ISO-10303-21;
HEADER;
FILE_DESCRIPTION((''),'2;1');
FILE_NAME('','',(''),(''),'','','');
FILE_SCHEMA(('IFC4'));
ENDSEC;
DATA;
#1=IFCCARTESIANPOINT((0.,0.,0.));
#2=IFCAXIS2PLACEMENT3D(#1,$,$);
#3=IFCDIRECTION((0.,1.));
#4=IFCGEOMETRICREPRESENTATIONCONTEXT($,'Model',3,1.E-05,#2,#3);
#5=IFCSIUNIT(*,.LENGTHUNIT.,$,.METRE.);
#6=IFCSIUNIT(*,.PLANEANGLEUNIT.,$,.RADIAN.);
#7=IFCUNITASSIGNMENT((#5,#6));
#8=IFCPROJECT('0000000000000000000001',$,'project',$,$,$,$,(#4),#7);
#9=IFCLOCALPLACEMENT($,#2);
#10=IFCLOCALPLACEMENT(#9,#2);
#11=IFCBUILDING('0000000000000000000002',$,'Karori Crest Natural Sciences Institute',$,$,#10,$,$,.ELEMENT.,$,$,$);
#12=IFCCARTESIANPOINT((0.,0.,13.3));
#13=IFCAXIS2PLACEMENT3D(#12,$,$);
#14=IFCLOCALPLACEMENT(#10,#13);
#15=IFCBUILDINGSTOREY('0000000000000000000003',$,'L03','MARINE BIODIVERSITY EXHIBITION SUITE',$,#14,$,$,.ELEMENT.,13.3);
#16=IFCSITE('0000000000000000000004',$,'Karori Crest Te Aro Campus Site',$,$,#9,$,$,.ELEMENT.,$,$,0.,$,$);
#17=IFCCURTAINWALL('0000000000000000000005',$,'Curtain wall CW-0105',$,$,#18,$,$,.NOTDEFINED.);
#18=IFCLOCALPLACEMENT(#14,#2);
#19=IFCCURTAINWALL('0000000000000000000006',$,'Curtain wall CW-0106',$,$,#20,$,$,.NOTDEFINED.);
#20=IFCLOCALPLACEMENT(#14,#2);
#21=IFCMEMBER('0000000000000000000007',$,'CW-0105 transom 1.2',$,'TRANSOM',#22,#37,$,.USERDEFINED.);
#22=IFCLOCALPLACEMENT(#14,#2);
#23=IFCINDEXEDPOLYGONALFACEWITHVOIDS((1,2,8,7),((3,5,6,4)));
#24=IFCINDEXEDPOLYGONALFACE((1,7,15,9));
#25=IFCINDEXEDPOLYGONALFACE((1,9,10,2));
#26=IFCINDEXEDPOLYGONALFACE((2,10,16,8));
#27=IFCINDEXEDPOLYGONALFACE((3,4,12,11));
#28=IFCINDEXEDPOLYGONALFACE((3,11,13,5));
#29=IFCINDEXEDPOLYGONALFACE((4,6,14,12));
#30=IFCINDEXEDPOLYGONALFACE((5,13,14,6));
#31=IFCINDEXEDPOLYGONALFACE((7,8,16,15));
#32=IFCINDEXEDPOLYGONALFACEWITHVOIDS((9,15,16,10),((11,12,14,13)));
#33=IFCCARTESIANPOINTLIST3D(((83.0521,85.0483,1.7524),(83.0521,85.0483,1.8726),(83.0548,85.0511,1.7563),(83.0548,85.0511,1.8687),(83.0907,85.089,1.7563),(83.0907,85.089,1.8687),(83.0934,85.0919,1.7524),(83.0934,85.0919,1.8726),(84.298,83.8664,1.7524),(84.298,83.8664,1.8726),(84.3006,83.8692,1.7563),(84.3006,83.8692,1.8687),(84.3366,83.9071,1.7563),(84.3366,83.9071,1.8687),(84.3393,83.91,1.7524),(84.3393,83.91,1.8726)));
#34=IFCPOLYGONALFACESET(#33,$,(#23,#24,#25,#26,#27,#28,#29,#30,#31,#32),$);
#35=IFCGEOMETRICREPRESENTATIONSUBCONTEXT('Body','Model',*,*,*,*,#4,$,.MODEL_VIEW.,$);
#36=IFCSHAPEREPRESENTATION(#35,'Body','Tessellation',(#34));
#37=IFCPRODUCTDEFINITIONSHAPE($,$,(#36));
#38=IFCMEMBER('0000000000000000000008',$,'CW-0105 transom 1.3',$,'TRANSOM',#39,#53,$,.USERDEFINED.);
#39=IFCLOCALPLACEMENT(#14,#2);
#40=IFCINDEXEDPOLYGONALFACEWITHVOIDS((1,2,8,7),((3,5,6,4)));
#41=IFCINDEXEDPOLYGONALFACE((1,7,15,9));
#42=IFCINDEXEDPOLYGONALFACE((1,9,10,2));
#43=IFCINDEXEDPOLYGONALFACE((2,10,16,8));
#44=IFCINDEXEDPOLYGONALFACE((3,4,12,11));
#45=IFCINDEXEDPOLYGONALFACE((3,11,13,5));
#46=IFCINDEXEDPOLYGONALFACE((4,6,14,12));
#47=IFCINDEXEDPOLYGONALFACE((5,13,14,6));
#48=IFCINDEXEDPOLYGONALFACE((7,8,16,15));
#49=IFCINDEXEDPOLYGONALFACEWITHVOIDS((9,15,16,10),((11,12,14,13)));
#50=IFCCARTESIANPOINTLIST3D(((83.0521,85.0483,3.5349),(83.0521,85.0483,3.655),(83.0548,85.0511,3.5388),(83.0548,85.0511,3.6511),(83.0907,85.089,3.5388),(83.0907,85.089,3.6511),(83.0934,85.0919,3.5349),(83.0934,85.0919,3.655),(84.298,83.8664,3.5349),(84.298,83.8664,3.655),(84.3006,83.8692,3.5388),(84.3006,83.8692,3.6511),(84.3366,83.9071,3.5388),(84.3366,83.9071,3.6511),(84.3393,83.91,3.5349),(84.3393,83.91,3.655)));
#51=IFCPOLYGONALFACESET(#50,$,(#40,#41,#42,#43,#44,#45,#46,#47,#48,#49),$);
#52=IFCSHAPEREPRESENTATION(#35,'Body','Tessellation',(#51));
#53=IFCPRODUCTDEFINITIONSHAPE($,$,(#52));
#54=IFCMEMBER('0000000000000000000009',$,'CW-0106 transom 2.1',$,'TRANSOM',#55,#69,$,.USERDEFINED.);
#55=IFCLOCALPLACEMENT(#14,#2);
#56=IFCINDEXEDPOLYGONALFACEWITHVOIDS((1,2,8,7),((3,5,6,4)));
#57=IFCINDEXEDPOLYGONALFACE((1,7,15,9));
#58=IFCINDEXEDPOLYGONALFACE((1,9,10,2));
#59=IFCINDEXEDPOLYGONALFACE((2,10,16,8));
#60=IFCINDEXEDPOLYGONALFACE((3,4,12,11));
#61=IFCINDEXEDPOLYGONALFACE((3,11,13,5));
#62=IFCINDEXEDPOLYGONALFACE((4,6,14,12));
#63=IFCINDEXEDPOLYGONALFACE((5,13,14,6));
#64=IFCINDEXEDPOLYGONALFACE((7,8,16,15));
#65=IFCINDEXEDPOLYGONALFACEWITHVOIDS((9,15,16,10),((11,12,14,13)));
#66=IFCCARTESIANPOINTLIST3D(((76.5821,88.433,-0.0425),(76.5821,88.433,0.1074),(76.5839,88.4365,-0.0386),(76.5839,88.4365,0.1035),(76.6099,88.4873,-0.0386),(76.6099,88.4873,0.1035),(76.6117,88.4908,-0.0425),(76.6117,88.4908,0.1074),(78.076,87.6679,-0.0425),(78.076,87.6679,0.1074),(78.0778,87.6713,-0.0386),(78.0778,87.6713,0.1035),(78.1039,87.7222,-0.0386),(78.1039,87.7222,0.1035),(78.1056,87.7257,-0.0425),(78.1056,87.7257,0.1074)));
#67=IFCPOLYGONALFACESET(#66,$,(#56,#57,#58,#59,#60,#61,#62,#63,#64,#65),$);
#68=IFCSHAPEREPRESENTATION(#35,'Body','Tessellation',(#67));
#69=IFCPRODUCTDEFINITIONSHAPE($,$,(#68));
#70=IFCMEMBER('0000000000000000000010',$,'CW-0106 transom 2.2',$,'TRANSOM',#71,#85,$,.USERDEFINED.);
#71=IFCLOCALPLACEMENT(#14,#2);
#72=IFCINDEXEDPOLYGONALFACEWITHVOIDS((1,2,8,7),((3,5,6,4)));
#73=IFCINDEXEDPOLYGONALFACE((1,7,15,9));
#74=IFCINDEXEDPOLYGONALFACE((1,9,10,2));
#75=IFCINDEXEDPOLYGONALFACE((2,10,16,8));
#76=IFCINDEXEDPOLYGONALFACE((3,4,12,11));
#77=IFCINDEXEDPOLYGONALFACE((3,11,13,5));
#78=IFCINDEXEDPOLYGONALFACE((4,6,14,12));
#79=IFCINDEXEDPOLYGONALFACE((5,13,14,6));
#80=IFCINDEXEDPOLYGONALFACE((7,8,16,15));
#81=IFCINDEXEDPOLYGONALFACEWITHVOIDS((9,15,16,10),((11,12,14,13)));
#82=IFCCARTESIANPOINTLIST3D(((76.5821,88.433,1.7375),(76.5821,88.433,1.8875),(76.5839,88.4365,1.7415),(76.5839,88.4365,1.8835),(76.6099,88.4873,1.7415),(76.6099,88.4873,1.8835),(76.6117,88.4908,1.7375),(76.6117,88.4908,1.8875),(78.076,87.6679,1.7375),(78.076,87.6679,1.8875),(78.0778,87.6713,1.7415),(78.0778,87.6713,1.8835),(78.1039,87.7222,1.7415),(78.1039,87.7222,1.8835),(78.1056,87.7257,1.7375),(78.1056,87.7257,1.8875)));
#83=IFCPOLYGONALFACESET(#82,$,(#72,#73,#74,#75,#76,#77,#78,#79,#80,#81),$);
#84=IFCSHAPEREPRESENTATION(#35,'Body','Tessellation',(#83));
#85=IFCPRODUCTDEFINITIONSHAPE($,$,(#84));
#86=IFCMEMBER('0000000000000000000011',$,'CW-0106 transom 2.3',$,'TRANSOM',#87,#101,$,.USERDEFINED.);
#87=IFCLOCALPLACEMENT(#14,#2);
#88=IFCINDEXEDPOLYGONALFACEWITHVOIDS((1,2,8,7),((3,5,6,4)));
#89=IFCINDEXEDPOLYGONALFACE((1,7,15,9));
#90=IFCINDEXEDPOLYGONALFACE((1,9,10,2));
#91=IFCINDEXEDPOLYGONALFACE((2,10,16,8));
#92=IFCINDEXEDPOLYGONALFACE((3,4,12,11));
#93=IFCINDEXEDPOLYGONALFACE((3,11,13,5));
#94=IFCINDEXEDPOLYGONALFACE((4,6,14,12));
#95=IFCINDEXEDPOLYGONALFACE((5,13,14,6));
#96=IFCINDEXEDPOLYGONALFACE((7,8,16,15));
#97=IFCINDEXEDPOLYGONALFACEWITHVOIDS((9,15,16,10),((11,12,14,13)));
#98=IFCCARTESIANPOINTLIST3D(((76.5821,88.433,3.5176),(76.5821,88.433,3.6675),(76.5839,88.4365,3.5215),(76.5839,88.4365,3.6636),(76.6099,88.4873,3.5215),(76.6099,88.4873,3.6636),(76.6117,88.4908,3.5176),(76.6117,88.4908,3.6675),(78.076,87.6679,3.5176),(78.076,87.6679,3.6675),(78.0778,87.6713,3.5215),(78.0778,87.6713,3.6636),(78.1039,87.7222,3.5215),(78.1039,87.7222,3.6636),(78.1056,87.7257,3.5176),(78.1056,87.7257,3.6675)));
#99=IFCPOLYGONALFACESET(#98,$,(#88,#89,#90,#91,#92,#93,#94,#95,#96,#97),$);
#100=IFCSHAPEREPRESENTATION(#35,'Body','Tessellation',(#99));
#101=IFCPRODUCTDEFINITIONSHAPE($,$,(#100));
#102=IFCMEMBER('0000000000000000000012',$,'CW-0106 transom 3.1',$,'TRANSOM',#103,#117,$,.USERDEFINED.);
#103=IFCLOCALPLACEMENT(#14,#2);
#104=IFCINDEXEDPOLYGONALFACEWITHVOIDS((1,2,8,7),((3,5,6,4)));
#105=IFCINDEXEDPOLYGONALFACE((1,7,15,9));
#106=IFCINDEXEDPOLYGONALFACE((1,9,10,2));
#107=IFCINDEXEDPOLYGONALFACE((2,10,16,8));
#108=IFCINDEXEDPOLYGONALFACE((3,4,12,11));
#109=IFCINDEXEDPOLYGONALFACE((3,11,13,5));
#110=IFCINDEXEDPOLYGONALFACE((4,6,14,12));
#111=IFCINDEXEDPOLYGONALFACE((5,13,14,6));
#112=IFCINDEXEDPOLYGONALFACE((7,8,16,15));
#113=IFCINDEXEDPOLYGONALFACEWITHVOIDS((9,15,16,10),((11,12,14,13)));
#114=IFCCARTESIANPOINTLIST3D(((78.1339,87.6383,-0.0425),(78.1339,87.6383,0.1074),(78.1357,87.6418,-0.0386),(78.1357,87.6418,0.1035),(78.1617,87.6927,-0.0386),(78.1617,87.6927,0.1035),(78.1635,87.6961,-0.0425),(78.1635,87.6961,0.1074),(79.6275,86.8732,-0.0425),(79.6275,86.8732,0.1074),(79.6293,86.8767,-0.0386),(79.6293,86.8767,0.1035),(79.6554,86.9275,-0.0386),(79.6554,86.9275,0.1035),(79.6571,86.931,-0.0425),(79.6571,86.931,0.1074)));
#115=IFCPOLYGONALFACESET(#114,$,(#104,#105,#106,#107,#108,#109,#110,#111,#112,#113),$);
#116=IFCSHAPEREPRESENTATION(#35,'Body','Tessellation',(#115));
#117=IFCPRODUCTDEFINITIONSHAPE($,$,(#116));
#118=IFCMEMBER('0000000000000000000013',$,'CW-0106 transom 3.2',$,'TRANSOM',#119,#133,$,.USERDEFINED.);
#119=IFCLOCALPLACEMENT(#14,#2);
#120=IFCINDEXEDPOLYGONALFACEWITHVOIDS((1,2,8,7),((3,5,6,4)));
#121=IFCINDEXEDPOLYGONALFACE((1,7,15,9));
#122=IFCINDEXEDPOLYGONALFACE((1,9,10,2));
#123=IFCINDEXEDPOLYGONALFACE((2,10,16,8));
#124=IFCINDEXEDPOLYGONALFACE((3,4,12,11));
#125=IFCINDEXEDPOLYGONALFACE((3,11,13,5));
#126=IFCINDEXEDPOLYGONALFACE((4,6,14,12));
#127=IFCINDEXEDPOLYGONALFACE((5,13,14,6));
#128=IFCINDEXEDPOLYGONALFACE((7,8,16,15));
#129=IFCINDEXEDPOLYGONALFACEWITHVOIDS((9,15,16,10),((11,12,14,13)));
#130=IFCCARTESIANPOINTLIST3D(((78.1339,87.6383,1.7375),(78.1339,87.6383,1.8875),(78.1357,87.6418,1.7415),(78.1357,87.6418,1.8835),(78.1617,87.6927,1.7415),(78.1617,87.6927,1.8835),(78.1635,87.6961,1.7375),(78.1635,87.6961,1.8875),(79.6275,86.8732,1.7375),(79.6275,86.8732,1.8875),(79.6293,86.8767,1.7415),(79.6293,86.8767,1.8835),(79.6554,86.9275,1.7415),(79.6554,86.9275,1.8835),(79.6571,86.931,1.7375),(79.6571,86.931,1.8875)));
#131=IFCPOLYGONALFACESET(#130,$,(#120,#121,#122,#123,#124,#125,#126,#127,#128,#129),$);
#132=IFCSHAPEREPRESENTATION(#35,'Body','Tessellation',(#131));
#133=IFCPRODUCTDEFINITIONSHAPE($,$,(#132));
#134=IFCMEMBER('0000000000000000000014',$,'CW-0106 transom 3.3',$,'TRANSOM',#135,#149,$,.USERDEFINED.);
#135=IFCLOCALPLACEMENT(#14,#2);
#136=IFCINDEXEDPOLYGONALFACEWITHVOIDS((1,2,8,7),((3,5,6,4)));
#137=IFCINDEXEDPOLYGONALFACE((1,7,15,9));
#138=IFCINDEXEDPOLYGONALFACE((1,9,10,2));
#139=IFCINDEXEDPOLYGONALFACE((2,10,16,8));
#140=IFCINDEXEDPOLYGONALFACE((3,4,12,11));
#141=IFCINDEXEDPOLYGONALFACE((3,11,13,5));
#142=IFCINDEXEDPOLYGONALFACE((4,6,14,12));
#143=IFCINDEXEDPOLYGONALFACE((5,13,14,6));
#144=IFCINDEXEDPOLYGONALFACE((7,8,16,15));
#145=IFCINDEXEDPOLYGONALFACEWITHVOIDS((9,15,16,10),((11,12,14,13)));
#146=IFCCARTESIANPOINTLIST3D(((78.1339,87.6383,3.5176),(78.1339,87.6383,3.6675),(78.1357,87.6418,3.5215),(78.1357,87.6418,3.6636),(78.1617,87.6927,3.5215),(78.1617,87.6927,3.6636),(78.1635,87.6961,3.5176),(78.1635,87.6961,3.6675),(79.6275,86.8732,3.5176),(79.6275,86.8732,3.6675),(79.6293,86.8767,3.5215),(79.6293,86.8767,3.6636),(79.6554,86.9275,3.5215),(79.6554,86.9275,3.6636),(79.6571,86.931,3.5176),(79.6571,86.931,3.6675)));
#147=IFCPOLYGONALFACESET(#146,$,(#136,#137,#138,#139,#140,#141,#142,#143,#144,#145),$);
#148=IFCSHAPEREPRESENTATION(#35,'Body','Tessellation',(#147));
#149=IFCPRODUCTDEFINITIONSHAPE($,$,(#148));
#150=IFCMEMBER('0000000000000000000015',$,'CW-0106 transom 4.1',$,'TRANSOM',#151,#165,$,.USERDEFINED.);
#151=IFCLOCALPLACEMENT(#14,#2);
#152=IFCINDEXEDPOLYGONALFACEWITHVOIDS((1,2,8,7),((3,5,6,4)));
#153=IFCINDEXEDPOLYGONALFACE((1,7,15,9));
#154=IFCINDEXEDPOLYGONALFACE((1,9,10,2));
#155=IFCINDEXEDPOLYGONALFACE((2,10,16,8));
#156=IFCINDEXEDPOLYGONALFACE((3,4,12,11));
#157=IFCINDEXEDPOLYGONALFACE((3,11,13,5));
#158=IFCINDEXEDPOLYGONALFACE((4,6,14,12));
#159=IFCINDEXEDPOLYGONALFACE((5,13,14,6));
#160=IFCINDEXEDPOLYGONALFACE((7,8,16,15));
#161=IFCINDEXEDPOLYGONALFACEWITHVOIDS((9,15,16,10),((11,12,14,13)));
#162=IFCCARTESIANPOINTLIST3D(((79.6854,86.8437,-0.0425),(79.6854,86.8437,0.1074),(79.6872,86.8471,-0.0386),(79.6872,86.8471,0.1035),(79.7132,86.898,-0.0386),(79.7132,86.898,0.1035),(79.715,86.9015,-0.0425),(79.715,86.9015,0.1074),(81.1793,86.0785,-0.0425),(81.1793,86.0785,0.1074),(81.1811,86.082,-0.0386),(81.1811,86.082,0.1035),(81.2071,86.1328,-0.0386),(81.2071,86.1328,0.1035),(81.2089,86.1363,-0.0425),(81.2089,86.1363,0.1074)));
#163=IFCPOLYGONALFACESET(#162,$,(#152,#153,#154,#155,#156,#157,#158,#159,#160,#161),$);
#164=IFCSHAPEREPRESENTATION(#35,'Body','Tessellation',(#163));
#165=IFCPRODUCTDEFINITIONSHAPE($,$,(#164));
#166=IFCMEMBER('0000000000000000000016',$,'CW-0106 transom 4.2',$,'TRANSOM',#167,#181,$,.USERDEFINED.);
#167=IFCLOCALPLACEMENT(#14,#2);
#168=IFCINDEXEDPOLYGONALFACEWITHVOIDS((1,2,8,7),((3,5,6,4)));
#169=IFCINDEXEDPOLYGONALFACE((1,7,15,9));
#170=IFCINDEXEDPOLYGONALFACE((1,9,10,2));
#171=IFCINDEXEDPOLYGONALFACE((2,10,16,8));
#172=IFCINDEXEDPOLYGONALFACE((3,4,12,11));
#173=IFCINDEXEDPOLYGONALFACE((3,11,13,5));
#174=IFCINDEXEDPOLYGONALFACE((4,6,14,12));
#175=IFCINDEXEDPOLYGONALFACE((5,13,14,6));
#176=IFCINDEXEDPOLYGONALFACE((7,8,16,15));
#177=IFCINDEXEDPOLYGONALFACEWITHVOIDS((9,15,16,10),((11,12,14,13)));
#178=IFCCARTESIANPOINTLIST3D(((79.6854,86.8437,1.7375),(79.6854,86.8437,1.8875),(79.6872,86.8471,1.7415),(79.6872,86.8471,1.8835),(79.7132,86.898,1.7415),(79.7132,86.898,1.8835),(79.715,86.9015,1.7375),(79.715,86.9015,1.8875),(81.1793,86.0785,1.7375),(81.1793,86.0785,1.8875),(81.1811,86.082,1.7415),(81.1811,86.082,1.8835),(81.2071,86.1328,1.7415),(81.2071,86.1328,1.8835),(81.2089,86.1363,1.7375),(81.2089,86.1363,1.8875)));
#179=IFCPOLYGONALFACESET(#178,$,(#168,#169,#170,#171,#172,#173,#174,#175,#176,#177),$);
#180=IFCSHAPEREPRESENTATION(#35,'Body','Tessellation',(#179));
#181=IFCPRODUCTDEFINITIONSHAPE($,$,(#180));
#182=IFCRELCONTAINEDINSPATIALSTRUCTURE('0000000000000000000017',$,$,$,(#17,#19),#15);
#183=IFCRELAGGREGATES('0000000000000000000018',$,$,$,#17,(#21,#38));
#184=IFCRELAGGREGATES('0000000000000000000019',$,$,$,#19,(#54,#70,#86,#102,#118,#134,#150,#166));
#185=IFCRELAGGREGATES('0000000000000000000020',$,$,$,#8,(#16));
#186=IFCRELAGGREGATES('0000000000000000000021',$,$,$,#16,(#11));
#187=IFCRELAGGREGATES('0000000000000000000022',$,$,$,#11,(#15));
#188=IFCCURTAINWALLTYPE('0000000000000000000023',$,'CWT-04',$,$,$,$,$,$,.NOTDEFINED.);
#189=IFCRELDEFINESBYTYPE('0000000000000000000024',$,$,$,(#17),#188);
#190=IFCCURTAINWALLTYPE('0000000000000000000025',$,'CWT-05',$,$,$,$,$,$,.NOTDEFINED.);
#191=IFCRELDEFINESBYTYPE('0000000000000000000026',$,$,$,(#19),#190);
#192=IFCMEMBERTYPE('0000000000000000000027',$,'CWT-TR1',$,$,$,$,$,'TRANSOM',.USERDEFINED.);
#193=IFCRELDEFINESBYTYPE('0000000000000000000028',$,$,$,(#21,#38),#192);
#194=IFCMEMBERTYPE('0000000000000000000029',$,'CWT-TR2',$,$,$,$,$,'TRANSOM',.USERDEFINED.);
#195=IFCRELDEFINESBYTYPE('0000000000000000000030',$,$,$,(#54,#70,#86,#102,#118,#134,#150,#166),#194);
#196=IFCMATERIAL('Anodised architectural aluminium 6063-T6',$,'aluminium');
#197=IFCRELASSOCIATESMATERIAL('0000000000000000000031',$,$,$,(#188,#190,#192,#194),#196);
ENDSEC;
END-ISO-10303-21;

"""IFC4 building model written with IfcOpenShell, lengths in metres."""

from ifc_helpers import new_model, si_unit, direction, frame, origin, origin_2d, place, context, subcontext, project, spatial, hollow_rectangle, extrude, material, material_profile, profile_set, type_object, element, aggregate, save


model = new_model("IFC4")

# Units and contexts
model_context = context("Model", 3, precision=1e-05, world=origin(), true_north=direction((0.0, 1.0)))
body_context = subcontext(model_context, "Body", "Model", "MODEL_VIEW")
ifc_project = project(units=[si_unit("LENGTHUNIT", "METRE"), si_unit("PLANEANGLEUNIT", "RADIAN")], contexts=[model_context])

# Site, building, storey
site_placement = place(None, origin())
site = spatial("IfcSite", under=ifc_project, at=site_placement, Name="Karori Crest Te Aro Campus Site", CompositionType="ELEMENT", RefElevation=0.0)
building_placement = place(site_placement, origin())
building = spatial("IfcBuilding", under=site, at=building_placement, Name="Karori Crest Natural Sciences Institute", CompositionType="ELEMENT")
storey_placement = place(building_placement, frame((0.0, 0.0, 13.3)))
storey = spatial("IfcBuildingStorey", under=building, at=storey_placement, Name="L03", Description="MARINE BIODIVERSITY EXHIBITION SUITE", CompositionType="ELEMENT", Elevation=13.3)

# Curtain wall
ifc_material_1 = material(Name="Anodised architectural aluminium 6063-T6", Category="aluminium")
curtain_wall_type_1 = type_object("IfcCurtainWallType", Name="CWT-04", PredefinedType="NOTDEFINED", material=ifc_material_1)
curtain_wall_1_placement = place(storey_placement, origin())
curtain_wall_1 = element("IfcCurtainWall", 1, at=curtain_wall_1_placement, inside=storey, type_object=curtain_wall_type_1, Name="Curtain wall CW-0105", PredefinedType="NOTDEFINED")

# Curtain wall
curtain_wall_type_2 = type_object("IfcCurtainWallType", Name="CWT-05", PredefinedType="NOTDEFINED", material=ifc_material_1)
curtain_wall_2_placement = place(storey_placement, origin())
curtain_wall_2 = element("IfcCurtainWall", 2, at=curtain_wall_2_placement, inside=storey, type_object=curtain_wall_type_2, Name="Curtain wall CW-0106", PredefinedType="NOTDEFINED")

# Members
ifc_material_profile_1 = material_profile(ifc_material_1, hollow_rectangle(XDim=0.0601, YDim=0.1201, WallThickness=0.0039, at=origin_2d()), Name="CWT120x60x4")
ifc_profile_set_1 = profile_set([ifc_material_profile_1], Name="Anodised architectural aluminium 6063-T6")
member_type_1 = type_object("IfcMemberType", Name="CWT-TR1", ElementType="TRANSOM", PredefinedType="USERDEFINED", material=ifc_profile_set_1)
member_1_placement = place(storey_placement, frame((83.0728, 85.0701, 1.8125), z_axis=(0.725486, -0.688237, 0.0), x_axis=(0.688237, 0.725486, 0.0)))
member_1 = element("IfcMember", 3, at=member_1_placement, type_object=member_type_1, Name="CW-0105 transom 1.2", ObjectType="TRANSOM", PredefinedType="USERDEFINED", context=body_context, shape_type="SweptSolid", body=[
    extrude(hollow_rectangle(XDim=0.0601, YDim=0.1201, WallThickness=0.0039, at=origin_2d()), origin(), (0.0, 0.0, 1.0), 1.7173),
])
member_2_placement = place(storey_placement, frame((83.0728, 85.0701, 3.595), z_axis=(0.725486, -0.688237, 0.0), x_axis=(0.688237, 0.725486, 0.0)))
member_2 = element("IfcMember", 4, at=member_2_placement, type_object=member_type_1, Name="CW-0105 transom 1.3", ObjectType="TRANSOM", PredefinedType="USERDEFINED", context=body_context, shape_type="SweptSolid", body=[
    extrude(hollow_rectangle(XDim=0.0601, YDim=0.1201, WallThickness=0.0039, at=origin_2d()), origin(), (0.0, 0.0, 1.0), 1.7173),
])
aggregate(curtain_wall_1, [member_1, member_2])
ifc_material_profile_2 = material_profile(ifc_material_1, hollow_rectangle(XDim=0.0649, YDim=0.1499, WallThickness=0.0039, at=origin_2d()), Name="CWT150x65x4")
ifc_profile_set_2 = profile_set([ifc_material_profile_2], Name="Anodised architectural aluminium 6063-T6")
member_type_2 = type_object("IfcMemberType", Name="CWT-TR2", ElementType="TRANSOM", PredefinedType="USERDEFINED", material=ifc_profile_set_2)
member_3_placement = place(storey_placement, frame((76.5969, 88.4619, 0.0325), z_axis=(0.890051, -0.455862, 0.0), x_axis=(0.455862, 0.890051, 0.0)))
member_3 = element("IfcMember", 5, at=member_3_placement, type_object=member_type_2, Name="CW-0106 transom 2.1", ObjectType="TRANSOM", PredefinedType="USERDEFINED", context=body_context, shape_type="SweptSolid", body=[
    extrude(hollow_rectangle(XDim=0.0649, YDim=0.1499, WallThickness=0.0039, at=origin_2d()), origin(), (0.0, 0.0, 1.0), 1.6785),
])
member_4_placement = place(storey_placement, frame((76.5969, 88.4619, 1.8125), z_axis=(0.890051, -0.455862, 0.0), x_axis=(0.455862, 0.890051, 0.0)))
member_4 = element("IfcMember", 6, at=member_4_placement, type_object=member_type_2, Name="CW-0106 transom 2.2", ObjectType="TRANSOM", PredefinedType="USERDEFINED", context=body_context, shape_type="SweptSolid", body=[
    extrude(hollow_rectangle(XDim=0.0649, YDim=0.1499, WallThickness=0.0039, at=origin_2d()), origin(), (0.0, 0.0, 1.0), 1.6785),
])
member_5_placement = place(storey_placement, frame((76.5969, 88.4619, 3.5925), z_axis=(0.890051, -0.455862, 0.0), x_axis=(0.455862, 0.890051, 0.0)))
member_5 = element("IfcMember", 7, at=member_5_placement, type_object=member_type_2, Name="CW-0106 transom 2.3", ObjectType="TRANSOM", PredefinedType="USERDEFINED", context=body_context, shape_type="SweptSolid", body=[
    extrude(hollow_rectangle(XDim=0.0649, YDim=0.1499, WallThickness=0.0039, at=origin_2d()), origin(), (0.0, 0.0, 1.0), 1.6785),
])
member_6_placement = place(storey_placement, frame((78.1487, 87.6672, 0.0325), z_axis=(0.89002, -0.455921, 0.0), x_axis=(0.455921, 0.89002, 0.0)))
member_6 = element("IfcMember", 8, at=member_6_placement, type_object=member_type_2, Name="CW-0106 transom 3.1", ObjectType="TRANSOM", PredefinedType="USERDEFINED", context=body_context, shape_type="SweptSolid", body=[
    extrude(hollow_rectangle(XDim=0.0649, YDim=0.1499, WallThickness=0.0039, at=origin_2d()), origin(), (0.0, 0.0, 1.0), 1.6782),
])
member_7_placement = place(storey_placement, frame((78.1487, 87.6672, 1.8125), z_axis=(0.89002, -0.455921, 0.0), x_axis=(0.455921, 0.89002, 0.0)))
member_7 = element("IfcMember", 9, at=member_7_placement, type_object=member_type_2, Name="CW-0106 transom 3.2", ObjectType="TRANSOM", PredefinedType="USERDEFINED", context=body_context, shape_type="SweptSolid", body=[
    extrude(hollow_rectangle(XDim=0.0649, YDim=0.1499, WallThickness=0.0039, at=origin_2d()), origin(), (0.0, 0.0, 1.0), 1.6782),
])
member_8_placement = place(storey_placement, frame((78.1487, 87.6672, 3.5925), z_axis=(0.89002, -0.455921, 0.0), x_axis=(0.455921, 0.89002, 0.0)))
member_8 = element("IfcMember", 10, at=member_8_placement, type_object=member_type_2, Name="CW-0106 transom 3.3", ObjectType="TRANSOM", PredefinedType="USERDEFINED", context=body_context, shape_type="SweptSolid", body=[
    extrude(hollow_rectangle(XDim=0.0649, YDim=0.1499, WallThickness=0.0039, at=origin_2d()), origin(), (0.0, 0.0, 1.0), 1.6782),
])
member_9_placement = place(storey_placement, frame((79.7002, 86.8726, 0.0325), z_axis=(0.890051, -0.455862, 0.0), x_axis=(0.455862, 0.890051, 0.0)))
member_9 = element("IfcMember", 11, at=member_9_placement, type_object=member_type_2, Name="CW-0106 transom 4.1", ObjectType="TRANSOM", PredefinedType="USERDEFINED", context=body_context, shape_type="SweptSolid", body=[
    extrude(hollow_rectangle(XDim=0.0649, YDim=0.1499, WallThickness=0.0039, at=origin_2d()), origin(), (0.0, 0.0, 1.0), 1.6785),
])
member_10_placement = place(storey_placement, frame((79.7002, 86.8726, 1.8125), z_axis=(0.890051, -0.455862, 0.0), x_axis=(0.455862, 0.890051, 0.0)))
member_10 = element("IfcMember", 12, at=member_10_placement, type_object=member_type_2, Name="CW-0106 transom 4.2", ObjectType="TRANSOM", PredefinedType="USERDEFINED", context=body_context, shape_type="SweptSolid", body=[
    extrude(hollow_rectangle(XDim=0.0649, YDim=0.1499, WallThickness=0.0039, at=origin_2d()), origin(), (0.0, 0.0, 1.0), 1.6785),
])

aggregate(curtain_wall_2, [member_3, member_4, member_5, member_6, member_7, member_8, member_9, member_10])

save(model, "model.ifc")
